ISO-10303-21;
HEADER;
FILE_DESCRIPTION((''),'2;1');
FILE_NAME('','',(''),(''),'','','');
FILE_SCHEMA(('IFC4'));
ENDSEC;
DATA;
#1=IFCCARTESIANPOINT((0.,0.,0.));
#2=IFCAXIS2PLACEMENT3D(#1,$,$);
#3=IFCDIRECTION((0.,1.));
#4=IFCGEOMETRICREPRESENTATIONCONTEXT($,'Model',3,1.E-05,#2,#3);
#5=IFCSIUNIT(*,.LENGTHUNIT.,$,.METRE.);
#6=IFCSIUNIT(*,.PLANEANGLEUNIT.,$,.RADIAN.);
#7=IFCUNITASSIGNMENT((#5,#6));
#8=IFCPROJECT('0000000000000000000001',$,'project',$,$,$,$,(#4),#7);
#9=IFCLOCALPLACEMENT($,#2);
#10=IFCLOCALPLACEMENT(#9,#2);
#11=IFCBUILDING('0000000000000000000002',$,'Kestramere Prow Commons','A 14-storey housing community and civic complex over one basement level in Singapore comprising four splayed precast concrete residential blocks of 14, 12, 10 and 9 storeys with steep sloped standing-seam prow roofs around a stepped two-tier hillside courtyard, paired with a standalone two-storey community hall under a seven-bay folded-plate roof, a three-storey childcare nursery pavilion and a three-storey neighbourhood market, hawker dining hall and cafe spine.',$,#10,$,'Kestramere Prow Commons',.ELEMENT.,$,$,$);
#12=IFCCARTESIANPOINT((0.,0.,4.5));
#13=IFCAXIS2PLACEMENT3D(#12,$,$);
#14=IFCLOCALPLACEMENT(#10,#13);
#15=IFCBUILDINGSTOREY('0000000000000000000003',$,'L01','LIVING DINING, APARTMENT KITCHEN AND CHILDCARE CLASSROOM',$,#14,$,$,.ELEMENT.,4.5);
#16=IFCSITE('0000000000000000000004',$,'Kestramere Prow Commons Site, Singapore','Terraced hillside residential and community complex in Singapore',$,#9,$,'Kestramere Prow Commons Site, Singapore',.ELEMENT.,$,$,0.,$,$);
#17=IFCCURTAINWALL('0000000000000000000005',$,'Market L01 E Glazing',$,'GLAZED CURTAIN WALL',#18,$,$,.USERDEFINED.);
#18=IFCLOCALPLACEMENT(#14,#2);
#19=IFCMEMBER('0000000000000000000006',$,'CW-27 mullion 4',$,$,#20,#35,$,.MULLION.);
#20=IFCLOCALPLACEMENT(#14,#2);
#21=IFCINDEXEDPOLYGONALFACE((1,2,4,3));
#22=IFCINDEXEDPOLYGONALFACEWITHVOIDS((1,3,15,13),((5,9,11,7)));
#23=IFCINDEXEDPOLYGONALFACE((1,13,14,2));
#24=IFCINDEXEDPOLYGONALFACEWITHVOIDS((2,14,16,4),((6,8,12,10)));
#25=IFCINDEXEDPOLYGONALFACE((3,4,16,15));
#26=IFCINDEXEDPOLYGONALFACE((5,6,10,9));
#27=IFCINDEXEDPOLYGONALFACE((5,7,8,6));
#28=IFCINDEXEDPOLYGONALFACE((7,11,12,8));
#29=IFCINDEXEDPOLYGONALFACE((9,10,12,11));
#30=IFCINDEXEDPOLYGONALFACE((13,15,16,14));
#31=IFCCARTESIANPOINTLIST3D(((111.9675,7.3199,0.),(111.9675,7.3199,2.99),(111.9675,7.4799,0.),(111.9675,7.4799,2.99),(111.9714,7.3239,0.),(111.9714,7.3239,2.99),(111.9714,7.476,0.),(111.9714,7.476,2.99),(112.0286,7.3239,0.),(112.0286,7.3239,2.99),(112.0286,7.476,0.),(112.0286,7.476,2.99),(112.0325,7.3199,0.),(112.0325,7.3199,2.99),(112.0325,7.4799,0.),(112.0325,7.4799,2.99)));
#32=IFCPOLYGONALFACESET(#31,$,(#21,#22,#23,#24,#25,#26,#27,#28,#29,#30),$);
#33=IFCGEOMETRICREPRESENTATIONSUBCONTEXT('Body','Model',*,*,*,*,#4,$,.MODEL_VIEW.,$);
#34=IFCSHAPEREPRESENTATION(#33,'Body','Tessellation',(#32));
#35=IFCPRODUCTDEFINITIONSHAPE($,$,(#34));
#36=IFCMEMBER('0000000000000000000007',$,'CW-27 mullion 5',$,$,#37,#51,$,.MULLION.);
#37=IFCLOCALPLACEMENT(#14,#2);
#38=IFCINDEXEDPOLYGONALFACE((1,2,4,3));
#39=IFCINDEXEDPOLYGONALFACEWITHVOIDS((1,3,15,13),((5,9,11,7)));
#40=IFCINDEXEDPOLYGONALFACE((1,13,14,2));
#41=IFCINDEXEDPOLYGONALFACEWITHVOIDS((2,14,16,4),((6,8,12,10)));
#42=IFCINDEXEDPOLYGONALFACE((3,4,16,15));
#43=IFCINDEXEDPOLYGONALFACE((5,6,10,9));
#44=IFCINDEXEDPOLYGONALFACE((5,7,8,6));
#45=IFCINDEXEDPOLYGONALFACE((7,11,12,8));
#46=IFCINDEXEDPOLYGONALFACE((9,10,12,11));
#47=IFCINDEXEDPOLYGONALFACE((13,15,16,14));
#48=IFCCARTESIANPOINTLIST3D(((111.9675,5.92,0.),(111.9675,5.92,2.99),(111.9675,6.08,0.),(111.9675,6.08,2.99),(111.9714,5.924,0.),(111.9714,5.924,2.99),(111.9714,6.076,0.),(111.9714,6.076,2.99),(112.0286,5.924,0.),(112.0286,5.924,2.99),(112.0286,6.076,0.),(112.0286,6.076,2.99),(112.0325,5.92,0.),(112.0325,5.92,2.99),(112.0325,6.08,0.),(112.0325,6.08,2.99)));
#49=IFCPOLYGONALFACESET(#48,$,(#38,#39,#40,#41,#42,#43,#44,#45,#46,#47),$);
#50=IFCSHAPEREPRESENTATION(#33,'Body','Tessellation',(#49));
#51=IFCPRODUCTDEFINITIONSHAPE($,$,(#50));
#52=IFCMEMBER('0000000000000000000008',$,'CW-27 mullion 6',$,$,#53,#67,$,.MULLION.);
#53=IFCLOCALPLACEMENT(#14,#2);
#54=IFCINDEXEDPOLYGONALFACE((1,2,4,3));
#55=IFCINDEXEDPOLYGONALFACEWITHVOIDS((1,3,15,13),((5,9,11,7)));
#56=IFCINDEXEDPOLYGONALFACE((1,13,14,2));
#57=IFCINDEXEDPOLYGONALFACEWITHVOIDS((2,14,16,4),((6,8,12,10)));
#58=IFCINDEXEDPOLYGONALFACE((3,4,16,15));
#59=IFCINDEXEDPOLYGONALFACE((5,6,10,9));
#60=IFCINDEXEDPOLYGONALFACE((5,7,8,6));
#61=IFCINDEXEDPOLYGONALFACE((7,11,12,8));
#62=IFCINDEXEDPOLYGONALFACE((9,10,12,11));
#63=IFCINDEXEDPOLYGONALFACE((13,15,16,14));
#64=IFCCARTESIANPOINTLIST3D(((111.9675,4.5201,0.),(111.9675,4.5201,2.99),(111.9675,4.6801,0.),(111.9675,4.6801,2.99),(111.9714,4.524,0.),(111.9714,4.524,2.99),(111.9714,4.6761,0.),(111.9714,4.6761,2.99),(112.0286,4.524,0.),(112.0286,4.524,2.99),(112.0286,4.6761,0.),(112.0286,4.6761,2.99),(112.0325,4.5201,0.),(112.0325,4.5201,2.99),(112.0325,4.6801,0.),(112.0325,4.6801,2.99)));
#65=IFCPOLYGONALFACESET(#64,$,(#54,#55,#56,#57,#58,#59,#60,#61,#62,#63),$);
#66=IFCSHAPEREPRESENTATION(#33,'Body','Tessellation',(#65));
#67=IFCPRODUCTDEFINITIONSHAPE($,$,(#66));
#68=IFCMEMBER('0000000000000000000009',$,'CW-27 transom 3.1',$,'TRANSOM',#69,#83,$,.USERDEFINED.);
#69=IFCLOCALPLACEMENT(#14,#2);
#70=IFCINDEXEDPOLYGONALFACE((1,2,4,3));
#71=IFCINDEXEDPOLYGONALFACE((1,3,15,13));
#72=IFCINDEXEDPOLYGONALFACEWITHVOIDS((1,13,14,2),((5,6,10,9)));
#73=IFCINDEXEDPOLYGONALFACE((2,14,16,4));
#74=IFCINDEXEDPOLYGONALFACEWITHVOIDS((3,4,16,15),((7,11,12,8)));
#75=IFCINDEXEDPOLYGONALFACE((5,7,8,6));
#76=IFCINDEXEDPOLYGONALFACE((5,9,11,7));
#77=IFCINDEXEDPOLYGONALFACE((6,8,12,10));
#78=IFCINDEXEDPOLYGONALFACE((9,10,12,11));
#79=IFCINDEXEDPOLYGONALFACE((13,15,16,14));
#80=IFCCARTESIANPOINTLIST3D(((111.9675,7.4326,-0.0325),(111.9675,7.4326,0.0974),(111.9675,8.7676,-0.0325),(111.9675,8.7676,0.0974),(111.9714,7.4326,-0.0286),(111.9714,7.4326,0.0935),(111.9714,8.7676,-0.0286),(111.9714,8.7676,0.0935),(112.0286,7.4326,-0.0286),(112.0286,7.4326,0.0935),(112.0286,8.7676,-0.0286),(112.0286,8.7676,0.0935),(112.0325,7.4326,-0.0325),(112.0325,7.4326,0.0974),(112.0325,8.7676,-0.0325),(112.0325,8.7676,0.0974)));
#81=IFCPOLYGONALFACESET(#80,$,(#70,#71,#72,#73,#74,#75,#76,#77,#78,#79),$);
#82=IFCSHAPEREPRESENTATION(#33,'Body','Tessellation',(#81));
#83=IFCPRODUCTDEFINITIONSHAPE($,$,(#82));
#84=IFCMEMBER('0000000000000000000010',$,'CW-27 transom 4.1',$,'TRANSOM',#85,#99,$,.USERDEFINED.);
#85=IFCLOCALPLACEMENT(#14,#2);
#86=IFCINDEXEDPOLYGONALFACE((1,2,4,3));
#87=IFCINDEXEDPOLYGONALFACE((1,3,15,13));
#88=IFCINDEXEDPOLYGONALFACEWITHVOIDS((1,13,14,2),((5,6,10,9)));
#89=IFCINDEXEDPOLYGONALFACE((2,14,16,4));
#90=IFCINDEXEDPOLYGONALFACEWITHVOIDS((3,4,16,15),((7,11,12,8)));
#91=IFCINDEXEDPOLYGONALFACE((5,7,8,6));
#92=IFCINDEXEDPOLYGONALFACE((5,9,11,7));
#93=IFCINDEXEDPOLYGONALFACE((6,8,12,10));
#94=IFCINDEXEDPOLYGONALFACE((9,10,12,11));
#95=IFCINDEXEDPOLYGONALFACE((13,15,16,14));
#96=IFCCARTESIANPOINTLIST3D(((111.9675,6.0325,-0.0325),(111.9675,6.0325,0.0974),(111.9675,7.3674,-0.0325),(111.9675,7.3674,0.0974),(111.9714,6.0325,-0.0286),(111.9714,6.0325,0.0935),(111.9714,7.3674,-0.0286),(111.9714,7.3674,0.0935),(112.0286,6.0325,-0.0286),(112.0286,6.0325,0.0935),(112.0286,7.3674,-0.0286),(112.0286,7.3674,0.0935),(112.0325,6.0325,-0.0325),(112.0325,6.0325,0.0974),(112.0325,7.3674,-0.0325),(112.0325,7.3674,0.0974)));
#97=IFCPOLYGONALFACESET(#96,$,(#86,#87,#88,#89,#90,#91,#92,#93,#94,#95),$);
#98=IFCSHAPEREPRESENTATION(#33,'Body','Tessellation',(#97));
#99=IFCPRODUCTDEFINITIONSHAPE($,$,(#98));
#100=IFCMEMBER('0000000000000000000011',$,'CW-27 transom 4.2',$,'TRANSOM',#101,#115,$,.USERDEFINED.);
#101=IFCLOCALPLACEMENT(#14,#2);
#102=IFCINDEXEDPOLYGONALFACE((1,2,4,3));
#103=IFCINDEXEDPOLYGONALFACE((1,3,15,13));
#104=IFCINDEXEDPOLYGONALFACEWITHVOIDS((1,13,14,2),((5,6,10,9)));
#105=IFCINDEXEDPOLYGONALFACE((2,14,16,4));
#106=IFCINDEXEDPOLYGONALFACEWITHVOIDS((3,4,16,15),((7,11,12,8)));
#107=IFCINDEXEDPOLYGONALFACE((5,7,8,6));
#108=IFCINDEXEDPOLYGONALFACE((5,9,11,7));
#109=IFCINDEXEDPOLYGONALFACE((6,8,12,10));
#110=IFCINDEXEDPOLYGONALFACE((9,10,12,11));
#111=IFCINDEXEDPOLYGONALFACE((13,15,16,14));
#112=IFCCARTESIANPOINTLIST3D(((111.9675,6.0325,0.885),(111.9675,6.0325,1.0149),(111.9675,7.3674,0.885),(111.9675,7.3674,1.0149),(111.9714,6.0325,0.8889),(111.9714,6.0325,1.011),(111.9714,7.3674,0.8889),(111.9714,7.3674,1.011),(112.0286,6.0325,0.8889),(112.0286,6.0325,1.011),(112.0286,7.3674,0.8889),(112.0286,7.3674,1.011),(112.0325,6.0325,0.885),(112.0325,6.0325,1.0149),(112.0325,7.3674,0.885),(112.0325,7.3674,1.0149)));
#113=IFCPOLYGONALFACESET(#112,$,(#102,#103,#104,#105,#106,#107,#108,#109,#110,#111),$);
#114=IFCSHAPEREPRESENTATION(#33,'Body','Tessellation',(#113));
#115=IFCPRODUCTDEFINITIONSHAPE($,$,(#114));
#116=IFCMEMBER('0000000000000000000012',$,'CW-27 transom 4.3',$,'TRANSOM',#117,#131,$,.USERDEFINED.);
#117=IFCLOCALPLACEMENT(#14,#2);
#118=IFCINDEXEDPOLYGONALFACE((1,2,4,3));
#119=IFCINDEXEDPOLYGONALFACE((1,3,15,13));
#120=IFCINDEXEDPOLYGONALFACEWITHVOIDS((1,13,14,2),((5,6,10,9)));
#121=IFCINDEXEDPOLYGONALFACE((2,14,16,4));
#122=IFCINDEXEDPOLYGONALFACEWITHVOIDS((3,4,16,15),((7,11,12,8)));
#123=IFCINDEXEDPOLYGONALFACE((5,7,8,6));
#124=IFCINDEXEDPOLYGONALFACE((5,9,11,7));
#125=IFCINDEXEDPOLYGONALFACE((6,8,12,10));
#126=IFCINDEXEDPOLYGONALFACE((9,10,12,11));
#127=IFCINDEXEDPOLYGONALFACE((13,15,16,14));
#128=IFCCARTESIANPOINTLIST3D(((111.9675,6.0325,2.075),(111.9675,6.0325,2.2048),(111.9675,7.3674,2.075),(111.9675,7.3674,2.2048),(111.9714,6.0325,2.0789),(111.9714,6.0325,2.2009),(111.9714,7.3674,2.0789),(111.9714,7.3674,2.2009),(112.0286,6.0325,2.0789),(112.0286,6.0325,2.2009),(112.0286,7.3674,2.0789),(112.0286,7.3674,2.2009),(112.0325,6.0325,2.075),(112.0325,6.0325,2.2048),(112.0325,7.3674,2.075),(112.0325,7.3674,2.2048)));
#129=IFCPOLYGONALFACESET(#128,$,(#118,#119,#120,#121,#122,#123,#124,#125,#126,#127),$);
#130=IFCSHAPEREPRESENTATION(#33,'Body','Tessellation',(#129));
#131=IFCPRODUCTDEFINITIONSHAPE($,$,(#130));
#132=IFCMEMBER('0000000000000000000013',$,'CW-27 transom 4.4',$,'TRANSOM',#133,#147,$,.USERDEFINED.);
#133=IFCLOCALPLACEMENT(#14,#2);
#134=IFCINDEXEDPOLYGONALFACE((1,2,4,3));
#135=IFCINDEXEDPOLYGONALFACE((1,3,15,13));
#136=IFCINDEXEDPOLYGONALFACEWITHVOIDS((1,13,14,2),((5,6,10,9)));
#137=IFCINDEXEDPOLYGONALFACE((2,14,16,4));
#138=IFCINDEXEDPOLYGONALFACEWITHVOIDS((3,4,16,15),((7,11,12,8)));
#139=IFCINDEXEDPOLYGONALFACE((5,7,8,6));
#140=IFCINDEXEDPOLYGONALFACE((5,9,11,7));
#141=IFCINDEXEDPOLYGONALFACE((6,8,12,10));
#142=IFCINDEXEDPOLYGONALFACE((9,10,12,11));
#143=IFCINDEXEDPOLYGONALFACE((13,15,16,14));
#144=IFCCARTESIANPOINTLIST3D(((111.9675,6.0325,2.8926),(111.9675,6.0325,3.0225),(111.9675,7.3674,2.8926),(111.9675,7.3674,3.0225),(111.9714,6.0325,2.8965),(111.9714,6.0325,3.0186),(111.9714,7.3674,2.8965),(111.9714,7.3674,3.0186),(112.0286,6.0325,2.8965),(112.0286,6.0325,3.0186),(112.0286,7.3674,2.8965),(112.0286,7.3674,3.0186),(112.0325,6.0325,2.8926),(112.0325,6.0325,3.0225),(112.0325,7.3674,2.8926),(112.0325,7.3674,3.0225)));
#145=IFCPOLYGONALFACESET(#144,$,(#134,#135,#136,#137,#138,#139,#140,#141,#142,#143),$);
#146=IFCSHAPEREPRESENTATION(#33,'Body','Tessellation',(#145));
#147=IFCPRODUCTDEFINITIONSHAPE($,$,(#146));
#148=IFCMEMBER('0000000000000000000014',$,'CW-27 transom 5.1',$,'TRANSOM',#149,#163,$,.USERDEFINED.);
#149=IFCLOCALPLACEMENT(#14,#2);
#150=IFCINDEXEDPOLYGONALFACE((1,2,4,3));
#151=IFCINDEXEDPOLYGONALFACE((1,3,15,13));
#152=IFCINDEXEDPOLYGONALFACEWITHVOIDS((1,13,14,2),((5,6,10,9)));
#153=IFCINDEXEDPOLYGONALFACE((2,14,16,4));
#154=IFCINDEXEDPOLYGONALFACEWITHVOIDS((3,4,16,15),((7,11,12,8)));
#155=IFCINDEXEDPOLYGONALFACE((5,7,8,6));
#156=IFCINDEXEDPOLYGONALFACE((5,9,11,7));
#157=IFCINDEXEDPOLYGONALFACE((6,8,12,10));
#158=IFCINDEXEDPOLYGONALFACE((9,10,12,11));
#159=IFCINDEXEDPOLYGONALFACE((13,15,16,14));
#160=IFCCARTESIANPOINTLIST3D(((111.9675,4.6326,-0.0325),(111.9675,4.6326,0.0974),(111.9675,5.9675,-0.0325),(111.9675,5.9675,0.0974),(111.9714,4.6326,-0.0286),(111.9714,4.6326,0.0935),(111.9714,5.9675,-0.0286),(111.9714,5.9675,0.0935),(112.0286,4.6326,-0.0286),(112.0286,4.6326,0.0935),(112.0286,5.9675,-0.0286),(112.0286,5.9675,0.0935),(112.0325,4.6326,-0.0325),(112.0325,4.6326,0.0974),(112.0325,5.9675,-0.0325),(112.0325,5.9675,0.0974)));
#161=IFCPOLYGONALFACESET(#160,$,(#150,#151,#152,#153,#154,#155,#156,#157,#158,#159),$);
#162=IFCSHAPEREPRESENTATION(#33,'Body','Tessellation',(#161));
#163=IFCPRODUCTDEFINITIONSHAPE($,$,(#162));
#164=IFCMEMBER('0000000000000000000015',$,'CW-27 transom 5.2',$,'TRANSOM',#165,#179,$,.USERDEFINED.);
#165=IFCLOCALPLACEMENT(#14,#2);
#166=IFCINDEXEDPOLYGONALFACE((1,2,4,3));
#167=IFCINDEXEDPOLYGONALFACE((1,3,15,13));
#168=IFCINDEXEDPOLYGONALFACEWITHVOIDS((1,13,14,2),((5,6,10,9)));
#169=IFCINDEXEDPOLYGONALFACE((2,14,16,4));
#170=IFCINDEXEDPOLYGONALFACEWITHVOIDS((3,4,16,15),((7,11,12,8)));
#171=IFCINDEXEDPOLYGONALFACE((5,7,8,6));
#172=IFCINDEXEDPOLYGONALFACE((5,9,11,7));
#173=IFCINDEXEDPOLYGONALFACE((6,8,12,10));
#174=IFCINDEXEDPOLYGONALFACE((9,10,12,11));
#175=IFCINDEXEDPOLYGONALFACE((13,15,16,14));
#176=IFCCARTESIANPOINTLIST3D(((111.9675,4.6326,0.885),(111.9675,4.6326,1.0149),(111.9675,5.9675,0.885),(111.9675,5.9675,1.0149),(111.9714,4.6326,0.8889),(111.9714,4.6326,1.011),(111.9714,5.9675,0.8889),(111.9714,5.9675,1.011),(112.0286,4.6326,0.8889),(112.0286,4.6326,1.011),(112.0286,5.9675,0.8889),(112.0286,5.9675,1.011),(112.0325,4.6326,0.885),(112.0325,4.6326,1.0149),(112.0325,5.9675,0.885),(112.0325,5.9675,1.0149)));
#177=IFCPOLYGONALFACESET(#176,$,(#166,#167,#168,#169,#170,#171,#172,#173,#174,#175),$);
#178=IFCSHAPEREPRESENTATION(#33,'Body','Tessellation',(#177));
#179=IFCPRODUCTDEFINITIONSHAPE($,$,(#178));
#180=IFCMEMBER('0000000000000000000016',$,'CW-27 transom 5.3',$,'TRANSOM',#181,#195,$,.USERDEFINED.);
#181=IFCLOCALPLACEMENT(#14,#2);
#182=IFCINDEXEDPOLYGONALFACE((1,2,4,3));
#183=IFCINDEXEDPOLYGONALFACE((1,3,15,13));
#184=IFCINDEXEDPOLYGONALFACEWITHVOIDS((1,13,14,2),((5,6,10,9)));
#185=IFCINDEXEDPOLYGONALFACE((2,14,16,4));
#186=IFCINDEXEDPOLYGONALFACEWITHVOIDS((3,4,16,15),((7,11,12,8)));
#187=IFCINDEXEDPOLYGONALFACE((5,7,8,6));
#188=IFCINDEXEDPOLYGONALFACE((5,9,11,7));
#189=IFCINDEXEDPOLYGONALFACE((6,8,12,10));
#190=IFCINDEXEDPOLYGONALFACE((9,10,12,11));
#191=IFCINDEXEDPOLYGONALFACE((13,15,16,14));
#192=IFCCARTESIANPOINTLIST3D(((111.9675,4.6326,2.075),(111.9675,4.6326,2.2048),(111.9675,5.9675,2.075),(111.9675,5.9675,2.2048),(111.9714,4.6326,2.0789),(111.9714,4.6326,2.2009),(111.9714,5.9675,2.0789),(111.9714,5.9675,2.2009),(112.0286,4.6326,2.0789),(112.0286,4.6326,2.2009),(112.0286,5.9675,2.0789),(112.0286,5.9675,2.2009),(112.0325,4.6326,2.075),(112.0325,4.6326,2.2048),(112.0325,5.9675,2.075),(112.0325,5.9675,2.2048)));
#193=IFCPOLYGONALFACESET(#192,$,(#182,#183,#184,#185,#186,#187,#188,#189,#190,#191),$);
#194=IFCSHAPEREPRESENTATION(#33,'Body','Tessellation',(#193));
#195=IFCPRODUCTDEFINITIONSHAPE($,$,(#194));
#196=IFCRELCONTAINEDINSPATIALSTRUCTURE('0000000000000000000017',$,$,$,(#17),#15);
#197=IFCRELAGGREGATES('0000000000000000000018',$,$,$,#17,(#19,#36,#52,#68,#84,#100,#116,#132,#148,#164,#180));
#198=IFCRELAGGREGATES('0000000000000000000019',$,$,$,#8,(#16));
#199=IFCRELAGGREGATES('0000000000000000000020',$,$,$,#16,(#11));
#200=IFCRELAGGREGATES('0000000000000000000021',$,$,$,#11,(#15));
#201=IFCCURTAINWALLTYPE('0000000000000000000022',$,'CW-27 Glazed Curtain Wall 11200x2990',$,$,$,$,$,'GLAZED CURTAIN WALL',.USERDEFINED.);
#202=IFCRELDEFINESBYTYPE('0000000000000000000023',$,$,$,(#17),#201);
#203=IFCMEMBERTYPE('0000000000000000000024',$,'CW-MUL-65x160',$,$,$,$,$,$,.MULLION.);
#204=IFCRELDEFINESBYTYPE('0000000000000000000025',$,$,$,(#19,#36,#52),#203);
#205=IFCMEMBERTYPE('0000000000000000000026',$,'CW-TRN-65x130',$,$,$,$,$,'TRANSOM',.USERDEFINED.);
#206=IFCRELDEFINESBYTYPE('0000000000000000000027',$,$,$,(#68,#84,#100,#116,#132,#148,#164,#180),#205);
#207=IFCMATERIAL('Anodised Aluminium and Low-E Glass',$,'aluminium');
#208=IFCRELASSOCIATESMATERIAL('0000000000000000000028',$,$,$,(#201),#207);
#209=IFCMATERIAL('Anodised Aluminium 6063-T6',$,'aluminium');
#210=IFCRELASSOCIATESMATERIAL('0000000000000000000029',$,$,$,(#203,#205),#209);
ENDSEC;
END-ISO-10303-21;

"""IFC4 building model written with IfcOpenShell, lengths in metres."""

from ifc_helpers import new_model, si_unit, direction, frame, origin, origin_2d, place, context, subcontext, project, spatial, hollow_rectangle, extrude, material, material_profile, profile_set, type_object, element, aggregate, save


model = new_model("IFC4")

# Units and contexts
model_context = context("Model", 3, precision=1e-05, world=origin(), true_north=direction((0.0, 1.0)))
body_context = subcontext(model_context, "Body", "Model", "MODEL_VIEW")
ifc_project = project(units=[si_unit("LENGTHUNIT", "METRE"), si_unit("PLANEANGLEUNIT", "RADIAN")], contexts=[model_context])

# Site, building, storey
site_placement = place(None, origin())
site = spatial("IfcSite", under=ifc_project, at=site_placement, Name="Kestramere Prow Commons Site, Singapore", Description="Terraced hillside residential and community complex in Singapore", LongName="Kestramere Prow Commons Site, Singapore", CompositionType="ELEMENT", RefElevation=0.0)
building_placement = place(site_placement, origin())
building = spatial("IfcBuilding", under=site, at=building_placement, Name="Kestramere Prow Commons", Description="A 14-storey housing community and civic complex over one basement level in Singapore comprising four splayed precast concrete residential blocks of 14, 12, 10 and 9 storeys with steep sloped standing-seam prow roofs around a stepped two-tier hillside courtyard, paired with a standalone two-storey community hall under a seven-bay folded-plate roof, a three-storey childcare nursery pavilion and a three-storey neighbourhood market, hawker dining hall and cafe spine.", LongName="Kestramere Prow Commons", CompositionType="ELEMENT")
storey_placement = place(building_placement, frame((0.0, 0.0, 4.5)))
storey = spatial("IfcBuildingStorey", under=building, at=storey_placement, Name="L01", Description="LIVING DINING, APARTMENT KITCHEN AND CHILDCARE CLASSROOM", CompositionType="ELEMENT", Elevation=4.5)

# Curtain wall, members
ifc_material_1 = material(Name="Anodised Aluminium and Low-E Glass", Category="aluminium")
curtain_wall_type = type_object("IfcCurtainWallType", Name="CW-27 Glazed Curtain Wall 11200x2990", ElementType="GLAZED CURTAIN WALL", PredefinedType="USERDEFINED", material=ifc_material_1)
curtain_wall_placement = place(storey_placement, origin())
curtain_wall = element("IfcCurtainWall", 1, at=curtain_wall_placement, inside=storey, type_object=curtain_wall_type, Name="Market L01 E Glazing", ObjectType="GLAZED CURTAIN WALL", PredefinedType="USERDEFINED")
ifc_material_2 = material(Name="Anodised Aluminium 6063-T6", Category="aluminium")
ifc_material_profile_1 = material_profile(ifc_material_2, hollow_rectangle(XDim=0.0649, YDim=0.1599, WallThickness=0.0039, at=origin_2d()), Name="ALU-MUL 65x160")
ifc_profile_set_1 = profile_set([ifc_material_profile_1], Name="Anodised Aluminium 6063-T6")
member_type_1 = type_object("IfcMemberType", Name="CW-MUL-65x160", PredefinedType="MULLION", material=ifc_profile_set_1)
member_1_placement = place(storey_placement, frame((112.0, 7.3999, 0.0), z_axis=(0.0, 0.0, 1.0), x_axis=(1.0, 0.0, 0.0)))
member_1 = element("IfcMember", 2, at=member_1_placement, type_object=member_type_1, Name="CW-27 mullion 4", PredefinedType="MULLION", context=body_context, shape_type="SweptSolid", body=[
    extrude(hollow_rectangle(XDim=0.0649, YDim=0.1599, WallThickness=0.0039, at=origin_2d()), origin(), (0.0, 0.0, 1.0), 2.99),
])
member_2_placement = place(storey_placement, frame((112.0, 6.0, 0.0), z_axis=(0.0, 0.0, 1.0), x_axis=(1.0, 0.0, 0.0)))
member_2 = element("IfcMember", 3, at=member_2_placement, type_object=member_type_1, Name="CW-27 mullion 5", PredefinedType="MULLION", context=body_context, shape_type="SweptSolid", body=[
    extrude(hollow_rectangle(XDim=0.0649, YDim=0.1599, WallThickness=0.0039, at=origin_2d()), origin(), (0.0, 0.0, 1.0), 2.99),
])
member_3_placement = place(storey_placement, frame((112.0, 4.6001, 0.0), z_axis=(0.0, 0.0, 1.0), x_axis=(1.0, 0.0, 0.0)))
member_3 = element("IfcMember", 4, at=member_3_placement, type_object=member_type_1, Name="CW-27 mullion 6", PredefinedType="MULLION", context=body_context, shape_type="SweptSolid", body=[
    extrude(hollow_rectangle(XDim=0.0649, YDim=0.1599, WallThickness=0.0039, at=origin_2d()), origin(), (0.0, 0.0, 1.0), 2.99),
])
ifc_material_profile_2 = material_profile(ifc_material_2, hollow_rectangle(XDim=0.0649, YDim=0.1299, WallThickness=0.0039, at=origin_2d()), Name="ALU-TRN 65x130")
ifc_profile_set_2 = profile_set([ifc_material_profile_2], Name="Anodised Aluminium 6063-T6")
member_type_2 = type_object("IfcMemberType", Name="CW-TRN-65x130", ElementType="TRANSOM", PredefinedType="USERDEFINED", material=ifc_profile_set_2)
member_4_placement = place(storey_placement, frame((112.0, 8.7676, 0.0325), z_axis=(0.0, -1.0, 0.0), x_axis=(1.0, 0.0, 0.0)))
member_4 = element("IfcMember", 5, at=member_4_placement, type_object=member_type_2, Name="CW-27 transom 3.1", ObjectType="TRANSOM", PredefinedType="USERDEFINED", context=body_context, shape_type="SweptSolid", body=[
    extrude(hollow_rectangle(XDim=0.0649, YDim=0.1299, WallThickness=0.0039, at=origin_2d()), origin(), (0.0, 0.0, 1.0), 1.335),
])
member_5_placement = place(storey_placement, frame((112.0, 7.3674, 0.0325), z_axis=(0.0, -1.0, 0.0), x_axis=(1.0, 0.0, 0.0)))
member_5 = element("IfcMember", 6, at=member_5_placement, type_object=member_type_2, Name="CW-27 transom 4.1", ObjectType="TRANSOM", PredefinedType="USERDEFINED", context=body_context, shape_type="SweptSolid", body=[
    extrude(hollow_rectangle(XDim=0.0649, YDim=0.1299, WallThickness=0.0039, at=origin_2d()), origin(), (0.0, 0.0, 1.0), 1.335),
])
member_6_placement = place(storey_placement, frame((112.0, 7.3674, 0.95), z_axis=(0.0, -1.0, 0.0), x_axis=(1.0, 0.0, 0.0)))
member_6 = element("IfcMember", 7, at=member_6_placement, type_object=member_type_2, Name="CW-27 transom 4.2", ObjectType="TRANSOM", PredefinedType="USERDEFINED", context=body_context, shape_type="SweptSolid", body=[
    extrude(hollow_rectangle(XDim=0.0649, YDim=0.1299, WallThickness=0.0039, at=origin_2d()), origin(), (0.0, 0.0, 1.0), 1.335),
])
member_7_placement = place(storey_placement, frame((112.0, 7.3674, 2.1399), z_axis=(0.0, -1.0, 0.0), x_axis=(1.0, 0.0, 0.0)))
member_7 = element("IfcMember", 8, at=member_7_placement, type_object=member_type_2, Name="CW-27 transom 4.3", ObjectType="TRANSOM", PredefinedType="USERDEFINED", context=body_context, shape_type="SweptSolid", body=[
    extrude(hollow_rectangle(XDim=0.0649, YDim=0.1299, WallThickness=0.0039, at=origin_2d()), origin(), (0.0, 0.0, 1.0), 1.335),
])
member_8_placement = place(storey_placement, frame((112.0, 7.3674, 2.9575), z_axis=(0.0, -1.0, 0.0), x_axis=(1.0, 0.0, 0.0)))
member_8 = element("IfcMember", 9, at=member_8_placement, type_object=member_type_2, Name="CW-27 transom 4.4", ObjectType="TRANSOM", PredefinedType="USERDEFINED", context=body_context, shape_type="SweptSolid", body=[
    extrude(hollow_rectangle(XDim=0.0649, YDim=0.1299, WallThickness=0.0039, at=origin_2d()), origin(), (0.0, 0.0, 1.0), 1.335),
])
member_9_placement = place(storey_placement, frame((112.0, 5.9675, 0.0325), z_axis=(0.0, -1.0, 0.0), x_axis=(1.0, 0.0, 0.0)))
member_9 = element("IfcMember", 10, at=member_9_placement, type_object=member_type_2, Name="CW-27 transom 5.1", ObjectType="TRANSOM", PredefinedType="USERDEFINED", context=body_context, shape_type="SweptSolid", body=[
    extrude(hollow_rectangle(XDim=0.0649, YDim=0.1299, WallThickness=0.0039, at=origin_2d()), origin(), (0.0, 0.0, 1.0), 1.335),
])
member_10_placement = place(storey_placement, frame((112.0, 5.9675, 0.95), z_axis=(0.0, -1.0, 0.0), x_axis=(1.0, 0.0, 0.0)))
member_10 = element("IfcMember", 11, at=member_10_placement, type_object=member_type_2, Name="CW-27 transom 5.2", ObjectType="TRANSOM", PredefinedType="USERDEFINED", context=body_context, shape_type="SweptSolid", body=[
    extrude(hollow_rectangle(XDim=0.0649, YDim=0.1299, WallThickness=0.0039, at=origin_2d()), origin(), (0.0, 0.0, 1.0), 1.335),
])
member_11_placement = place(storey_placement, frame((112.0, 5.9675, 2.1399), z_axis=(0.0, -1.0, 0.0), x_axis=(1.0, 0.0, 0.0)))
member_11 = element("IfcMember", 12, at=member_11_placement, type_object=member_type_2, Name="CW-27 transom 5.3", ObjectType="TRANSOM", PredefinedType="USERDEFINED", context=body_context, shape_type="SweptSolid", body=[
    extrude(hollow_rectangle(XDim=0.0649, YDim=0.1299, WallThickness=0.0039, at=origin_2d()), origin(), (0.0, 0.0, 1.0), 1.335),
])
aggregate(curtain_wall, [member_1, member_2, member_3, member_4, member_5, member_6, member_7, member_8, member_9, member_10, member_11])

save(model, "model.ifc")
